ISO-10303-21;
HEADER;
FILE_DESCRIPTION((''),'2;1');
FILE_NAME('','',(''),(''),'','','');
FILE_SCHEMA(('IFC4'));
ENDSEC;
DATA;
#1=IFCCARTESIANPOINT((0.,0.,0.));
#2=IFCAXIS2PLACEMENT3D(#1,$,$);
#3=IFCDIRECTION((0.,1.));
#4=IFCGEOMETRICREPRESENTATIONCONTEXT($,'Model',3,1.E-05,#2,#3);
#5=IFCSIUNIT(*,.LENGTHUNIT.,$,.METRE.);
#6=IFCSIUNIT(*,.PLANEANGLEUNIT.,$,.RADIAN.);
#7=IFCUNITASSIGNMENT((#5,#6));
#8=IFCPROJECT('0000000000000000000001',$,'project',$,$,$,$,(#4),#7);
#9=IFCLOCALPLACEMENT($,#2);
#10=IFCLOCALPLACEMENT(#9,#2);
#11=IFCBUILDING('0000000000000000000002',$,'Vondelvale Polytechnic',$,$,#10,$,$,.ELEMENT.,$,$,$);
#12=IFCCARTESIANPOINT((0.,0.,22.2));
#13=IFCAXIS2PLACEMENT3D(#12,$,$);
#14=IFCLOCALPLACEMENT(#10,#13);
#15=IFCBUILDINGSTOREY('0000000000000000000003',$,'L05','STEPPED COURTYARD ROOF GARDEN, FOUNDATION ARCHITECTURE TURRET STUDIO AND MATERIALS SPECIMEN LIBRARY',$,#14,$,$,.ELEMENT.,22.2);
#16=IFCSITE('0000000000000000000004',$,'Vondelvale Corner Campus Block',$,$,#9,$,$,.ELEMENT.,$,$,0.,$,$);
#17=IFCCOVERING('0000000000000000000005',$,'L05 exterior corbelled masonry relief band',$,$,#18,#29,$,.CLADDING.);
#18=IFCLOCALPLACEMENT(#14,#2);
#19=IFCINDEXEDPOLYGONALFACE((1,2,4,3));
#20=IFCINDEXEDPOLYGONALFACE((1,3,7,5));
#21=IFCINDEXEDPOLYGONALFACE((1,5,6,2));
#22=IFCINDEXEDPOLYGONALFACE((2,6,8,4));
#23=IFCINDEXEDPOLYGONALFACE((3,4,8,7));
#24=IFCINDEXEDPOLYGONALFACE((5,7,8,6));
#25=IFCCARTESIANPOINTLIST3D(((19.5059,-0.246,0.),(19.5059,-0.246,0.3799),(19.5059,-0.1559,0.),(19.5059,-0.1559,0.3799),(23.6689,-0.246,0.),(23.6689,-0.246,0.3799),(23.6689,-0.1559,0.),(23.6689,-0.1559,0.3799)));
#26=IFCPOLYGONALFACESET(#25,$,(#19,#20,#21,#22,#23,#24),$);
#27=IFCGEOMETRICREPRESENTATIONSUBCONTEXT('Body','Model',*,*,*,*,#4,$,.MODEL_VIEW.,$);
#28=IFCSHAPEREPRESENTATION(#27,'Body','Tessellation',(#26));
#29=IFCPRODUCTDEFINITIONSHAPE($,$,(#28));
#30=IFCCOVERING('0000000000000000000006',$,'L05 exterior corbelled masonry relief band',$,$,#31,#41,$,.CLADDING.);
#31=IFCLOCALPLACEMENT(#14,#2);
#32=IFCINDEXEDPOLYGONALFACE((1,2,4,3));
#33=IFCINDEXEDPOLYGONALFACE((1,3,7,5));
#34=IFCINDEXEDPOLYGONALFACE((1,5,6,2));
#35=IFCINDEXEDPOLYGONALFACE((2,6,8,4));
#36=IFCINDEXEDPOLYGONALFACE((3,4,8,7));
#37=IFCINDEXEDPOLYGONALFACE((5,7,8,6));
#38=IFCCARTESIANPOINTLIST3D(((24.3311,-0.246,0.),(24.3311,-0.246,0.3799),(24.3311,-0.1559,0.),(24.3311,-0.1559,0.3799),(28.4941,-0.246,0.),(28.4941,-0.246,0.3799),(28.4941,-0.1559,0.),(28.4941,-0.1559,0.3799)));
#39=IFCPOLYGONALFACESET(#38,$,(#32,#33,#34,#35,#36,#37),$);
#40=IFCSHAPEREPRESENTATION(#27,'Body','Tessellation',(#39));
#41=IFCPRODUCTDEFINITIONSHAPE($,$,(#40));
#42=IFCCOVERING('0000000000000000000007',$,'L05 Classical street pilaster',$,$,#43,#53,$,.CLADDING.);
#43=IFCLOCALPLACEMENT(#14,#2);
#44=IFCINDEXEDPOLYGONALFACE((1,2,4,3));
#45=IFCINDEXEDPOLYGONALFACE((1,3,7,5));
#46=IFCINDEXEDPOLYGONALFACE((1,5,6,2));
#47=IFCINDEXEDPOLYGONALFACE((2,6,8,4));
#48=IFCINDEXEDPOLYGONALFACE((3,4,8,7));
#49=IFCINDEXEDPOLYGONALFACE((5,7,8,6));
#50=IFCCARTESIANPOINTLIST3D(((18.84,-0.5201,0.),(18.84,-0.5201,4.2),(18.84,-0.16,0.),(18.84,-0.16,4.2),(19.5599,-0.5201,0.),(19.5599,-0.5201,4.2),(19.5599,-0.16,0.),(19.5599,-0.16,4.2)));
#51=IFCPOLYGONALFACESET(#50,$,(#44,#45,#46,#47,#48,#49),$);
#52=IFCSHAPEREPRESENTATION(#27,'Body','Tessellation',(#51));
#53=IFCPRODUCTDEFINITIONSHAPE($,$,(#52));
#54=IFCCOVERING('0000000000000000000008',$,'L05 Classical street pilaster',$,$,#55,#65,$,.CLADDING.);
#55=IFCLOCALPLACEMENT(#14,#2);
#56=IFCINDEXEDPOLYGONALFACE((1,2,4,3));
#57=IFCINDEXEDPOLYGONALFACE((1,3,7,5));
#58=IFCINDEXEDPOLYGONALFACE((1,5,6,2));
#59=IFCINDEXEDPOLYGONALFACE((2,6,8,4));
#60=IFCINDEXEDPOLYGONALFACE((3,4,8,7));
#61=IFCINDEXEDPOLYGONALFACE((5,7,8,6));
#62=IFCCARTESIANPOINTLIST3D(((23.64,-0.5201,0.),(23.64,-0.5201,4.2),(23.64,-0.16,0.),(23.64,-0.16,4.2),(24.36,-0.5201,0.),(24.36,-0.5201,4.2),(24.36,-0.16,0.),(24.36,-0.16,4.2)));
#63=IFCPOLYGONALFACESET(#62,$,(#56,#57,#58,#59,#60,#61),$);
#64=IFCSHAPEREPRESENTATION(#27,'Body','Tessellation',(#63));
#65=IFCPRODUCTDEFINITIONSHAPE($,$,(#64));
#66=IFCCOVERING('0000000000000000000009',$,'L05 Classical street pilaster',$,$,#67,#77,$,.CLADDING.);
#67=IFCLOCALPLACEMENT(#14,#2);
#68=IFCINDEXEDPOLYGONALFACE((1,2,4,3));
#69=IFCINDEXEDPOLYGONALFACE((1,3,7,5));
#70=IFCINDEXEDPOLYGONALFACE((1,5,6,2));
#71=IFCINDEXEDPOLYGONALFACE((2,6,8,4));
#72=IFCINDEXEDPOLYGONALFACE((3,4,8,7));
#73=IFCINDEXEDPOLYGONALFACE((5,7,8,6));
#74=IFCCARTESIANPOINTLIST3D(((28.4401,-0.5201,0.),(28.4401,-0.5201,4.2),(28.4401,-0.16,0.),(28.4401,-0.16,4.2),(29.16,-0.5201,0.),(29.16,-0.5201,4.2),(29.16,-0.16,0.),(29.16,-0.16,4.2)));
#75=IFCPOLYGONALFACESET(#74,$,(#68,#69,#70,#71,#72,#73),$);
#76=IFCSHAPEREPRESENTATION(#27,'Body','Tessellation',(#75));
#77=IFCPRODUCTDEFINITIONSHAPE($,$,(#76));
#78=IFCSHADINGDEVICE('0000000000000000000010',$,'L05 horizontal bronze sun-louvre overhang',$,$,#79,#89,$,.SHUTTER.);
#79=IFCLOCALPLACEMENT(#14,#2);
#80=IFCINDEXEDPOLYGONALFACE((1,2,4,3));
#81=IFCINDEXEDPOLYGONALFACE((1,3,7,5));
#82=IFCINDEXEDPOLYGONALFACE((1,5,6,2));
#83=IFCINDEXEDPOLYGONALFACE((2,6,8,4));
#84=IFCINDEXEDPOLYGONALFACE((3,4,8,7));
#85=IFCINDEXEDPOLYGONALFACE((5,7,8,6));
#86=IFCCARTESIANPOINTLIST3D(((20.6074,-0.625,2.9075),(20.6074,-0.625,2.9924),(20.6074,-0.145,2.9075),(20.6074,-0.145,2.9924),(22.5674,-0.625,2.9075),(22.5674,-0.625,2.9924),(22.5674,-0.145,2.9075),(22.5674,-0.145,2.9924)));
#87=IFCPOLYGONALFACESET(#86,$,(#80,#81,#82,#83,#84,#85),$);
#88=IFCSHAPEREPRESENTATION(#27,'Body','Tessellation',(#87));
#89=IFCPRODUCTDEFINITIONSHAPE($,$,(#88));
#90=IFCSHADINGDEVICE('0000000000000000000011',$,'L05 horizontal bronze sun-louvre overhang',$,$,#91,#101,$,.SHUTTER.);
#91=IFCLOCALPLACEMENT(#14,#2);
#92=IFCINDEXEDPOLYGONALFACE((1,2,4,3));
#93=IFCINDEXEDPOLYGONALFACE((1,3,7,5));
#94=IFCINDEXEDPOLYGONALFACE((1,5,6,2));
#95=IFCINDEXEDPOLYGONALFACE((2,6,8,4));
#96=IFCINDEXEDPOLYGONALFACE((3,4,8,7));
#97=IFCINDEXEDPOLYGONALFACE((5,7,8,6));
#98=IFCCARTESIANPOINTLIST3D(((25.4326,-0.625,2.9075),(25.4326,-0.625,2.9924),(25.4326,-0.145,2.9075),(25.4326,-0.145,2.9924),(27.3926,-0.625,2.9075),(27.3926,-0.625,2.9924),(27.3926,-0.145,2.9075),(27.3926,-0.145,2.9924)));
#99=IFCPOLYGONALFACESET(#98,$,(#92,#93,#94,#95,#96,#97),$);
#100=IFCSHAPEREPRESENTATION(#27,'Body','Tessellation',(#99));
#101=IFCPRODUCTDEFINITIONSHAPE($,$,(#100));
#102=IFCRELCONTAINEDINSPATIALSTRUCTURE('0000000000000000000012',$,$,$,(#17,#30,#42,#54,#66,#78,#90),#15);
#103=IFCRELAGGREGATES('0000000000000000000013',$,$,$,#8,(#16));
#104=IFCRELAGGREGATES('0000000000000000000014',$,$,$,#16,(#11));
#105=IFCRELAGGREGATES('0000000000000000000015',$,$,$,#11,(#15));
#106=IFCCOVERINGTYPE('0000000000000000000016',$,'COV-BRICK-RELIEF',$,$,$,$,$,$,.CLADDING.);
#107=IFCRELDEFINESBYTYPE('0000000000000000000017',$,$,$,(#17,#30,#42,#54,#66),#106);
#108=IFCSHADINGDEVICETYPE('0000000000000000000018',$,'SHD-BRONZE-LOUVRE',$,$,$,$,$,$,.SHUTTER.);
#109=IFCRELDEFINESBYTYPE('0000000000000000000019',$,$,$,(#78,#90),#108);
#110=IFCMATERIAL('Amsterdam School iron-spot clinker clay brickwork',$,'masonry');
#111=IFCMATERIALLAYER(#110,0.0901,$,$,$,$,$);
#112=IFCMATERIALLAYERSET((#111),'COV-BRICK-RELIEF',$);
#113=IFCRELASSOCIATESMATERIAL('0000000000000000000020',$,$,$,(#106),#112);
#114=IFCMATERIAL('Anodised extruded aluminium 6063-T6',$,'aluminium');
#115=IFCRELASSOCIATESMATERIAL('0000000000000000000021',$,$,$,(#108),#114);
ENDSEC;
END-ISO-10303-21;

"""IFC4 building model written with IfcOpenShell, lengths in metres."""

from ifc_helpers import new_model, si_unit, direction, frame, origin, origin_2d, place, context, subcontext, project, spatial, rectangle, extrude, material, layer, layer_set, type_object, element, save


model = new_model("IFC4")

# Units and contexts
model_context = context("Model", 3, precision=1e-05, world=origin(), true_north=direction((0.0, 1.0)))
body_context = subcontext(model_context, "Body", "Model", "MODEL_VIEW")
ifc_project = project(units=[si_unit("LENGTHUNIT", "METRE"), si_unit("PLANEANGLEUNIT", "RADIAN")], contexts=[model_context])

# Site, building, storey
site_placement = place(None, origin())
site = spatial("IfcSite", under=ifc_project, at=site_placement, Name="Vondelvale Corner Campus Block", CompositionType="ELEMENT", RefElevation=0.0)
building_placement = place(site_placement, origin())
building = spatial("IfcBuilding", under=site, at=building_placement, Name="Vondelvale Polytechnic", CompositionType="ELEMENT")
storey_placement = place(building_placement, frame((0.0, 0.0, 22.2)))
storey = spatial("IfcBuildingStorey", under=building, at=storey_placement, Name="L05", Description="STEPPED COURTYARD ROOF GARDEN, FOUNDATION ARCHITECTURE TURRET STUDIO AND MATERIALS SPECIMEN LIBRARY", CompositionType="ELEMENT", Elevation=22.2)

# Shared definitions
ifc_material_1 = material(Name="Amsterdam School iron-spot clinker clay brickwork", Category="masonry")

# Coverings
ifc_layer_1 = layer(ifc_material_1, 0.0901)
ifc_layer_set_1 = layer_set([ifc_layer_1], Name="COV-BRICK-RELIEF")
covering_type = type_object("IfcCoveringType", Name="COV-BRICK-RELIEF", PredefinedType="CLADDING", material=ifc_layer_set_1)
for number, where, z_axis, x_axis, name in (
    (1, (21.5874, -0.2009, 0.0), (0.0, 0.0, 1.0), (-1.0, 0.0, 0.0), "L05 exterior corbelled masonry relief band"),
    (2, (26.4126, -0.2009, 0.0), (0.0, 0.0, 1.0), (-1.0, 0.0, 0.0), "L05 exterior corbelled masonry relief band"),
):
    element("IfcCovering", number, at=place(storey_placement, frame(where, z_axis=z_axis, x_axis=x_axis)), inside=storey, type_object=covering_type, Name=name, PredefinedType="CLADDING", context=body_context, shape_type="SweptSolid", body=[
        extrude(rectangle(XDim=4.1631, YDim=0.0901, at=origin_2d()), origin(), (0.0, 0.0, 1.0), 0.3799),
    ])
for number, where, z_axis, x_axis, name in (
    (3, (19.2, -0.3401, 0.0), (0.0, 0.0, 1.0), (1.0, 0.0, 0.0), "L05 Classical street pilaster"),
    (4, (24.0, -0.3401, 0.0), (0.0, 0.0, 1.0), (1.0, 0.0, 0.0), "L05 Classical street pilaster"),
    (5, (28.8, -0.3401, 0.0), (0.0, 0.0, 1.0), (1.0, 0.0, 0.0), "L05 Classical street pilaster"),
):
    element("IfcCovering", number, at=place(storey_placement, frame(where, z_axis=z_axis, x_axis=x_axis)), inside=storey, type_object=covering_type, Name=name, PredefinedType="CLADDING", context=body_context, shape_type="SweptSolid", body=[
        extrude(rectangle(XDim=0.72, YDim=0.3601, at=origin_2d()), origin(), (0.0, 0.0, 1.0), 4.2),
    ])

# Shading devices
ifc_material_2 = material(Name="Anodised extruded aluminium 6063-T6", Category="aluminium")
shading_device_type = type_object("IfcShadingDeviceType", Name="SHD-BRONZE-LOUVRE", PredefinedType="SHUTTER", material=ifc_material_2)
for number, where, z_axis, x_axis, name in (
    (6, (21.5874, -0.385, 2.9075), (0.0, 0.0, 1.0), (-1.0, 0.0, 0.0), "L05 horizontal bronze sun-louvre overhang"),
    (7, (26.4126, -0.385, 2.9075), (0.0, 0.0, 1.0), (-1.0, 0.0, 0.0), "L05 horizontal bronze sun-louvre overhang"),
):
    element("IfcShadingDevice", number, at=place(storey_placement, frame(where, z_axis=z_axis, x_axis=x_axis)), inside=storey, type_object=shading_device_type, Name=name, PredefinedType="SHUTTER", context=body_context, shape_type="SweptSolid", body=[
        extrude(rectangle(XDim=1.96, YDim=0.48, at=origin_2d()), origin(), (0.0, 0.0, 1.0), 0.085),
    ])

save(model, "model.ifc")
